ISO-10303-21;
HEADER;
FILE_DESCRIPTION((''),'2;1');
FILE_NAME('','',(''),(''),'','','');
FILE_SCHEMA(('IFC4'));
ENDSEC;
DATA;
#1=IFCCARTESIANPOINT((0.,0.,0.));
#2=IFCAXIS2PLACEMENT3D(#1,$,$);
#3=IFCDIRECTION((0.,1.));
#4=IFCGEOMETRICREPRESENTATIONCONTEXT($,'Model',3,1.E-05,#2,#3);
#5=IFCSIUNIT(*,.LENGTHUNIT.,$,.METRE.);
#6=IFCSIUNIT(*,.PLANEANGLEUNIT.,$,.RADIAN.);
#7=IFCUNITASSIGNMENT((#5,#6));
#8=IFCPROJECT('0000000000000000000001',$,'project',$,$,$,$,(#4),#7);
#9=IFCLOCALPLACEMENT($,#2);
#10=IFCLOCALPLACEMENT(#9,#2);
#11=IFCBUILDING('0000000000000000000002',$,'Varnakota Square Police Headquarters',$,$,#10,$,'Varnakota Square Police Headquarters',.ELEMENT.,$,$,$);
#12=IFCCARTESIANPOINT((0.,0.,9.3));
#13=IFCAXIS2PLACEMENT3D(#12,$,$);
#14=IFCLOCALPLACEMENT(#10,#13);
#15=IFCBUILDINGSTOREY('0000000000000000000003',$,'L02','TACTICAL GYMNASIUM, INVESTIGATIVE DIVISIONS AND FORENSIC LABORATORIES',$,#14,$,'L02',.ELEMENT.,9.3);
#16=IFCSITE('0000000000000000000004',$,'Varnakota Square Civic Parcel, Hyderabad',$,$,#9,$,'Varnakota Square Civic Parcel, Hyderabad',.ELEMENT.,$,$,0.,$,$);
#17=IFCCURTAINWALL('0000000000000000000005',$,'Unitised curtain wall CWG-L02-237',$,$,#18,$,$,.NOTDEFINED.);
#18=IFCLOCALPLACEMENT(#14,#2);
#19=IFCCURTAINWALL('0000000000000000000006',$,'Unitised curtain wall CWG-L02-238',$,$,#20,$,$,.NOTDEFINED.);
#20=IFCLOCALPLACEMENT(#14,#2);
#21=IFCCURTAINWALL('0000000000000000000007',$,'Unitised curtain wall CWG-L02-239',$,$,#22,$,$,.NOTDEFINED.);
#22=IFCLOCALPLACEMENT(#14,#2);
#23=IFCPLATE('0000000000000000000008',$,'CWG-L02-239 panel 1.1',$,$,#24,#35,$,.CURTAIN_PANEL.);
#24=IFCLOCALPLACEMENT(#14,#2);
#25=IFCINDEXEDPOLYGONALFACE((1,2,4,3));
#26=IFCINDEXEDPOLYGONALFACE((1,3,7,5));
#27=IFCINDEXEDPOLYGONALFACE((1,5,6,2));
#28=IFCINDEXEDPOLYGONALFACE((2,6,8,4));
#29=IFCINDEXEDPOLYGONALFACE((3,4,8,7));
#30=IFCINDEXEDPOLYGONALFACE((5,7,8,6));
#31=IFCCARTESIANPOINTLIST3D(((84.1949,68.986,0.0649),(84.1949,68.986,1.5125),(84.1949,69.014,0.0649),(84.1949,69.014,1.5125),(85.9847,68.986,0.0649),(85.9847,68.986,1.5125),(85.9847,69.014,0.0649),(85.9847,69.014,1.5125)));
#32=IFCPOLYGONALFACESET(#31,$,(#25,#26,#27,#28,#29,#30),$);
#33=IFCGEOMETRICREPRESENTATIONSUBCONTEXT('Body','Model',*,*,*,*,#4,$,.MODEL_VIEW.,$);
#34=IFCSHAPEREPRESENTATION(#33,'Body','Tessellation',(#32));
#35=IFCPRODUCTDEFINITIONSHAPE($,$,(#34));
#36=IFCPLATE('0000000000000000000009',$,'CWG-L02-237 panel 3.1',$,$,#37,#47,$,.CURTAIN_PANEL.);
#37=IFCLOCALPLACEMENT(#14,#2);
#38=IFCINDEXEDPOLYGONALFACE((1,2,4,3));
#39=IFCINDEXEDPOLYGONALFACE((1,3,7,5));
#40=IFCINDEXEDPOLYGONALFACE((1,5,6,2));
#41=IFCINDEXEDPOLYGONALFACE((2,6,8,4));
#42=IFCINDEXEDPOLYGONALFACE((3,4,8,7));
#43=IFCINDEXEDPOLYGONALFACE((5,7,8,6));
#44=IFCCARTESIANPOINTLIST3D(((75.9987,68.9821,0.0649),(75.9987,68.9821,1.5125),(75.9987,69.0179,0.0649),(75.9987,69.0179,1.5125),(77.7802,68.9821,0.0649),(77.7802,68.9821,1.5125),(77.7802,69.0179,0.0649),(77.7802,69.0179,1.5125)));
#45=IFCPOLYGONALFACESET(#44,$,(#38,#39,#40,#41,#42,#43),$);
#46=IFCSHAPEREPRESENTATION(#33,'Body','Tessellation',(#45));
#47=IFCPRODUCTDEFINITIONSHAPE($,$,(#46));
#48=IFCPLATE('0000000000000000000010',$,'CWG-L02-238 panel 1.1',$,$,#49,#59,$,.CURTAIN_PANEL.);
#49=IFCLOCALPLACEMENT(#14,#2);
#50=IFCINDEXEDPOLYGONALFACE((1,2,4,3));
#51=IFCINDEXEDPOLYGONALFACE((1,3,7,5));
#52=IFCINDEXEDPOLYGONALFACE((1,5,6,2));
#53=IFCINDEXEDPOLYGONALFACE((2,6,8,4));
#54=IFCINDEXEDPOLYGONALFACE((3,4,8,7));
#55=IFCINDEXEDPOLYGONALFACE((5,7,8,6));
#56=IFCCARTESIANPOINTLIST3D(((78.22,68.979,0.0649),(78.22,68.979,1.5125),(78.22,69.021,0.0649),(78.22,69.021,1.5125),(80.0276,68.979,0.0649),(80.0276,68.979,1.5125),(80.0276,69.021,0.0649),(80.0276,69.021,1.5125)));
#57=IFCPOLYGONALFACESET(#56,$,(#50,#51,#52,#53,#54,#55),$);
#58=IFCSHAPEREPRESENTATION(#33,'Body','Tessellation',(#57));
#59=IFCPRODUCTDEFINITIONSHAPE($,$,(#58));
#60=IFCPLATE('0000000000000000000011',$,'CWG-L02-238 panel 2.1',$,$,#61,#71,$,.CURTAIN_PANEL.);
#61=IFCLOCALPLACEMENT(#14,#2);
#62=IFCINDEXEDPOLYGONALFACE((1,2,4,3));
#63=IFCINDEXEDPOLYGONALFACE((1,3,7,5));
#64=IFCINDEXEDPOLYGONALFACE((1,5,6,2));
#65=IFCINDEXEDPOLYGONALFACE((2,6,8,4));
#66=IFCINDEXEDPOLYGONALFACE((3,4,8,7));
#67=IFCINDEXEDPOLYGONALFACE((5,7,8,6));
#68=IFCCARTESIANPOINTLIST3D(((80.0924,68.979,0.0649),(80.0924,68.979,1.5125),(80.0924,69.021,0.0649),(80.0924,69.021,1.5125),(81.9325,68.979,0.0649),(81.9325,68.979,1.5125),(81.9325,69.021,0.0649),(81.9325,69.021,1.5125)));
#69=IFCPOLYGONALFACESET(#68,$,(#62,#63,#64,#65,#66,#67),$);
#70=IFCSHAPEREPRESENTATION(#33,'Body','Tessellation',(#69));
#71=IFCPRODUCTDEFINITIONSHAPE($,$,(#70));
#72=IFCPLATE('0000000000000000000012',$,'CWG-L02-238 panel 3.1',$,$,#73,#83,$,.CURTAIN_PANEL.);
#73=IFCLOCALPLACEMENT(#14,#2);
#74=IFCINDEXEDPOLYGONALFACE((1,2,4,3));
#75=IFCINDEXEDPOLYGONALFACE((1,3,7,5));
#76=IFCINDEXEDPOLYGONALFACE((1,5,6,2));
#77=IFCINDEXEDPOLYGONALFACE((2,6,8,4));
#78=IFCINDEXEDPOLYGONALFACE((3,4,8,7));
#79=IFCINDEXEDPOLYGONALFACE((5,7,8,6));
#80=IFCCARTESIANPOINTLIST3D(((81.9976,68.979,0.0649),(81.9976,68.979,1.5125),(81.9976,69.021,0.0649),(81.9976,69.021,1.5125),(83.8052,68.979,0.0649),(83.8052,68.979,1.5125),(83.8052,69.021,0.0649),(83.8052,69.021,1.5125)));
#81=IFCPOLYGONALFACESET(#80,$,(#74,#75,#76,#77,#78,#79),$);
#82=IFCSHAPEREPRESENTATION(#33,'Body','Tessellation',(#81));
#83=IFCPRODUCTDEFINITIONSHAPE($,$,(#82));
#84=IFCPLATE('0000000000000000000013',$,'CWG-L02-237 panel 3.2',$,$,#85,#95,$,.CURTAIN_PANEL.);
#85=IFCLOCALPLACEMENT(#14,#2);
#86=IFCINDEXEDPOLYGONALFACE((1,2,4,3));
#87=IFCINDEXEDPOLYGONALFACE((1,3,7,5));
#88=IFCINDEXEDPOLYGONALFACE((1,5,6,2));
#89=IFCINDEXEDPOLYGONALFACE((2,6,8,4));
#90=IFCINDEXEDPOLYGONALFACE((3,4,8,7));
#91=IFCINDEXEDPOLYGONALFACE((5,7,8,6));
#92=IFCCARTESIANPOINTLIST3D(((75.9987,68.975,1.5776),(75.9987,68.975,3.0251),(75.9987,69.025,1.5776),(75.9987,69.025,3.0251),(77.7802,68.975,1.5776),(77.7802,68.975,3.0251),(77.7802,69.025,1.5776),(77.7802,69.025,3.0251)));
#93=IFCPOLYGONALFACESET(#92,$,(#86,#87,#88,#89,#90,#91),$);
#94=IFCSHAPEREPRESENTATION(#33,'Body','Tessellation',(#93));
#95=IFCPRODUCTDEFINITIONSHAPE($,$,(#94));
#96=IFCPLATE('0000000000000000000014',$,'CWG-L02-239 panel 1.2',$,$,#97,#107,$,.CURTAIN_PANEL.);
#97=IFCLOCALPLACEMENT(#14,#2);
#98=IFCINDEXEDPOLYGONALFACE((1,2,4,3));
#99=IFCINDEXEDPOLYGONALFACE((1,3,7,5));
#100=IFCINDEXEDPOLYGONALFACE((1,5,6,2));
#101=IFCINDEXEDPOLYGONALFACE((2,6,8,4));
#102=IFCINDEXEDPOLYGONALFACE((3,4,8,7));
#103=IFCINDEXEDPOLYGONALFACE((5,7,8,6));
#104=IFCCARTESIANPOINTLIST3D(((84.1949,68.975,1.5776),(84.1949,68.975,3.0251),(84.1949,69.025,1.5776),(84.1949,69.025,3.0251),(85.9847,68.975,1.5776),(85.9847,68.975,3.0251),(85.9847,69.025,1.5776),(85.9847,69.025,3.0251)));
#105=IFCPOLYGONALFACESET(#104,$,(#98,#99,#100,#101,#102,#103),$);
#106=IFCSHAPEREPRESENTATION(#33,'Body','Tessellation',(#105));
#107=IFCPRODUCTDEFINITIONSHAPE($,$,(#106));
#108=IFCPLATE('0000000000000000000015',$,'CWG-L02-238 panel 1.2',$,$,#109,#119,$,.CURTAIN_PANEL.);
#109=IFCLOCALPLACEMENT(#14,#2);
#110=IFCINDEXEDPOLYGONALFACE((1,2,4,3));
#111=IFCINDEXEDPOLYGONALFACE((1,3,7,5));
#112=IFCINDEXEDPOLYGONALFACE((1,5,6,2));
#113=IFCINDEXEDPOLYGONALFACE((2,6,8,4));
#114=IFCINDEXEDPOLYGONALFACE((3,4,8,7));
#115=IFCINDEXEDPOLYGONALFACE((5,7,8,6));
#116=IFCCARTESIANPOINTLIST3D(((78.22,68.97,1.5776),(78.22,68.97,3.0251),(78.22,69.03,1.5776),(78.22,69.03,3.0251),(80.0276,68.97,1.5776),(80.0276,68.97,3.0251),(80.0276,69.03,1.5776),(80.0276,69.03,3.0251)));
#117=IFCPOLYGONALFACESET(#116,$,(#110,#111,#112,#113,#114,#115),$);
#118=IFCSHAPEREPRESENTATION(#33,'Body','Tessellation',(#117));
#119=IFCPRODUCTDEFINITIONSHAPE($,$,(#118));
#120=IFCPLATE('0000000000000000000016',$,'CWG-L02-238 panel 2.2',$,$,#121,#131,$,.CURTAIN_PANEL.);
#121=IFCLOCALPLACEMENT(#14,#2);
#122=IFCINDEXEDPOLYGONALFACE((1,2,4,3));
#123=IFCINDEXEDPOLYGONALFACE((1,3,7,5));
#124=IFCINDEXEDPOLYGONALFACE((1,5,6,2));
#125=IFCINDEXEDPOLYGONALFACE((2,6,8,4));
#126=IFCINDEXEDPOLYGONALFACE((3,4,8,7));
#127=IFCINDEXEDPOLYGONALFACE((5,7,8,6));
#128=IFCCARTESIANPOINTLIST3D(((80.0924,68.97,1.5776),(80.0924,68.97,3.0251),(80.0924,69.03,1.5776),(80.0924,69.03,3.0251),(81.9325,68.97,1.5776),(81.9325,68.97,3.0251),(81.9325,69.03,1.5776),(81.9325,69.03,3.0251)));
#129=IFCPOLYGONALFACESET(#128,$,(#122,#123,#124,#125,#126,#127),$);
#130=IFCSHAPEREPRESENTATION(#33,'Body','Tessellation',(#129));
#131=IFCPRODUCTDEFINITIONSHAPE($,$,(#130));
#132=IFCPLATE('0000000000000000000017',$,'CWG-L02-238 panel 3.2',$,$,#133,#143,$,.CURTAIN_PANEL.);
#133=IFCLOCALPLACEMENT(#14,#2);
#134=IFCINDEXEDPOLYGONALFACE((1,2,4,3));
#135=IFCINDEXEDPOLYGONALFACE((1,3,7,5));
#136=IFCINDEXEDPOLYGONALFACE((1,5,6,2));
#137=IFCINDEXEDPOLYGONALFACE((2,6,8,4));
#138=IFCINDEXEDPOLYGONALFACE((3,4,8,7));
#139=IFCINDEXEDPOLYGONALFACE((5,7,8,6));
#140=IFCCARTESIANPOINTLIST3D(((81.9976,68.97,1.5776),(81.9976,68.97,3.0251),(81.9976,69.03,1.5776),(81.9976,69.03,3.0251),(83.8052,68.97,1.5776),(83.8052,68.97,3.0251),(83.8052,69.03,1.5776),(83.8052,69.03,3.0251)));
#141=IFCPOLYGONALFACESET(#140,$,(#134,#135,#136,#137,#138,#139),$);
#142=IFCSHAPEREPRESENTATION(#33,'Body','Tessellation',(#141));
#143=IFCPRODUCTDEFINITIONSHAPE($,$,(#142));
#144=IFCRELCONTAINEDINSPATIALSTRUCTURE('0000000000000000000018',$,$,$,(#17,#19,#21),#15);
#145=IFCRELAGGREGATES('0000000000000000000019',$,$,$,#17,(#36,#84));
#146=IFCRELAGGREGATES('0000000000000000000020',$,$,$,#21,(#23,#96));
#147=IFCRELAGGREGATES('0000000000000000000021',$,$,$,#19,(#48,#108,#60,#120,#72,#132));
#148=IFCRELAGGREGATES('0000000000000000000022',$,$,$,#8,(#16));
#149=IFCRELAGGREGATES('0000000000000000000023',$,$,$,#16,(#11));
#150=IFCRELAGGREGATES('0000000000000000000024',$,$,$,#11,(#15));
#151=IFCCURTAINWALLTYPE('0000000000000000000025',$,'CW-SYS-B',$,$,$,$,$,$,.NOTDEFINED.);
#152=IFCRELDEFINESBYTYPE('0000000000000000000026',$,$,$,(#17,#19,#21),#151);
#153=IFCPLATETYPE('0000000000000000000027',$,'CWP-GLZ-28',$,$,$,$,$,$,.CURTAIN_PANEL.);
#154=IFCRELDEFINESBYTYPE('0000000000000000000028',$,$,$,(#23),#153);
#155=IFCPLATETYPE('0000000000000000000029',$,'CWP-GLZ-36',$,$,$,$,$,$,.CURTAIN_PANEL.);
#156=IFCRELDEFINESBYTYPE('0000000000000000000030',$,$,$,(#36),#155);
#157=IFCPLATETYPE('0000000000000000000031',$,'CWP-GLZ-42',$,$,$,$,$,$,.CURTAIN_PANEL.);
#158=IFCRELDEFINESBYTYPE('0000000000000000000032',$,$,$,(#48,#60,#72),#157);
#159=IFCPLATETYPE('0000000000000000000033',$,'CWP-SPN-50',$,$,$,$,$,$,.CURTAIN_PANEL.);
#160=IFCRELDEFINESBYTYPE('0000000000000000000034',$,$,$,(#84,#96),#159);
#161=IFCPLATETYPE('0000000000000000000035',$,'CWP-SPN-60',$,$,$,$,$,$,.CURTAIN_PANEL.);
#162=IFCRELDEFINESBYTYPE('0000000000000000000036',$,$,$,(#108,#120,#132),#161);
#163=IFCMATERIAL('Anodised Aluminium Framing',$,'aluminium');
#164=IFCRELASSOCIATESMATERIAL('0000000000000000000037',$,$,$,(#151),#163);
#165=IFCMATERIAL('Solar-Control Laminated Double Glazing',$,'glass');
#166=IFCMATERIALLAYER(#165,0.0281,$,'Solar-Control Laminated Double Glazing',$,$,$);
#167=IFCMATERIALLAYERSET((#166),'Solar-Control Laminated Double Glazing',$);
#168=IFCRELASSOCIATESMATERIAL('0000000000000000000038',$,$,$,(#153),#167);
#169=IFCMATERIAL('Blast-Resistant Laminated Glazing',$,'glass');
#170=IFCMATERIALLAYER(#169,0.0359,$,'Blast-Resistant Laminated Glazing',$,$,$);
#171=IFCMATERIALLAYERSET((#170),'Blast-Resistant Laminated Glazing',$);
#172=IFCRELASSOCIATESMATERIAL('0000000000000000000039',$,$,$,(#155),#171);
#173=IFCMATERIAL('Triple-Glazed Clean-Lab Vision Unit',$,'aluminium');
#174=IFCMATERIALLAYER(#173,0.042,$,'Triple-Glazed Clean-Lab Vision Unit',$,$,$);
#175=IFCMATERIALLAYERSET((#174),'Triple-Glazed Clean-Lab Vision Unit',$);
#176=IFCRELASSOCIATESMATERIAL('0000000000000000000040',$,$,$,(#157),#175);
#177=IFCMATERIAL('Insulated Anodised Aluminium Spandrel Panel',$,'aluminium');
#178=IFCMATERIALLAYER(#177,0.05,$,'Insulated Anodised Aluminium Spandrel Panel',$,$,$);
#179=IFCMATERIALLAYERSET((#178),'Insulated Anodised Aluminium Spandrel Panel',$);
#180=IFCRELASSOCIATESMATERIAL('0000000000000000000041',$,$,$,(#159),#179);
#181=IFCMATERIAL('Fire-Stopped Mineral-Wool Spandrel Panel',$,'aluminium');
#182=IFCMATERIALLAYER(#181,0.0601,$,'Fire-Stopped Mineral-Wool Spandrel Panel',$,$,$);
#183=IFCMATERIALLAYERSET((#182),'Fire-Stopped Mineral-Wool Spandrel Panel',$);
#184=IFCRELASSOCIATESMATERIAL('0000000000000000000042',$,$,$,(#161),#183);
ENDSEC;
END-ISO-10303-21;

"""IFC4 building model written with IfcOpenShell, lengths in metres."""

from ifc_helpers import new_model, si_unit, direction, frame, origin, origin_2d, place, context, subcontext, project, spatial, rectangle, extrude, material, layer, layer_set, type_object, element, aggregate, save


model = new_model("IFC4")

# Units and contexts
model_context = context("Model", 3, precision=1e-05, world=origin(), true_north=direction((0.0, 1.0)))
body_context = subcontext(model_context, "Body", "Model", "MODEL_VIEW")
ifc_project = project(units=[si_unit("LENGTHUNIT", "METRE"), si_unit("PLANEANGLEUNIT", "RADIAN")], contexts=[model_context])

# Site, building, storey
site_placement = place(None, origin())
site = spatial("IfcSite", under=ifc_project, at=site_placement, Name="Varnakota Square Civic Parcel, Hyderabad", LongName="Varnakota Square Civic Parcel, Hyderabad", CompositionType="ELEMENT", RefElevation=0.0)
building_placement = place(site_placement, origin())
building = spatial("IfcBuilding", under=site, at=building_placement, Name="Varnakota Square Police Headquarters", LongName="Varnakota Square Police Headquarters", CompositionType="ELEMENT")
storey_placement = place(building_placement, frame((0.0, 0.0, 9.3)))
storey = spatial("IfcBuildingStorey", under=building, at=storey_placement, Name="L02", Description="TACTICAL GYMNASIUM, INVESTIGATIVE DIVISIONS AND FORENSIC LABORATORIES", LongName="L02", CompositionType="ELEMENT", Elevation=9.3)

# Curtain wall
ifc_material_1 = material(Name="Anodised Aluminium Framing", Category="aluminium")
curtain_wall_type = type_object("IfcCurtainWallType", Name="CW-SYS-B", PredefinedType="NOTDEFINED", material=ifc_material_1)
curtain_wall_1_placement = place(storey_placement, origin())
curtain_wall_1 = element("IfcCurtainWall", 1, at=curtain_wall_1_placement, inside=storey, type_object=curtain_wall_type, Name="Unitised curtain wall CWG-L02-237", PredefinedType="NOTDEFINED")

# Curtain walls
curtain_wall_2_placement = place(storey_placement, origin())
curtain_wall_2 = element("IfcCurtainWall", 2, at=curtain_wall_2_placement, inside=storey, type_object=curtain_wall_type, Name="Unitised curtain wall CWG-L02-238", PredefinedType="NOTDEFINED")
curtain_wall_3_placement = place(storey_placement, origin())
curtain_wall_3 = element("IfcCurtainWall", 3, at=curtain_wall_3_placement, inside=storey, type_object=curtain_wall_type, Name="Unitised curtain wall CWG-L02-239", PredefinedType="NOTDEFINED")

# Plates
ifc_material_2 = material(Name="Solar-Control Laminated Double Glazing", Category="glass")
ifc_layer_1 = layer(ifc_material_2, 0.0281, Name="Solar-Control Laminated Double Glazing")
ifc_layer_set_1 = layer_set([ifc_layer_1], Name="Solar-Control Laminated Double Glazing")
plate_type_1 = type_object("IfcPlateType", Name="CWP-GLZ-28", PredefinedType="CURTAIN_PANEL", material=ifc_layer_set_1)
plate_1_placement = place(storey_placement, frame((85.0898, 69.0, 0.0649), z_axis=(0.0, 0.0, 1.0), x_axis=(1.0, 0.0, 0.0)))
plate_1 = element("IfcPlate", 4, at=plate_1_placement, type_object=plate_type_1, Name="CWG-L02-239 panel 1.1", PredefinedType="CURTAIN_PANEL", context=body_context, shape_type="SweptSolid", body=[
    extrude(rectangle(XDim=1.7898, YDim=0.0281, at=origin_2d()), origin(), (0.0, 0.0, 1.0), 1.4475),
])
ifc_material_3 = material(Name="Blast-Resistant Laminated Glazing", Category="glass")
ifc_layer_2 = layer(ifc_material_3, 0.0359, Name="Blast-Resistant Laminated Glazing")
ifc_layer_set_2 = layer_set([ifc_layer_2], Name="Blast-Resistant Laminated Glazing")
plate_type_2 = type_object("IfcPlateType", Name="CWP-GLZ-36", PredefinedType="CURTAIN_PANEL", material=ifc_layer_set_2)
plate_2_placement = place(storey_placement, frame((76.8894, 69.0, 0.0649), z_axis=(0.0, 0.0, 1.0), x_axis=(1.0, 0.0, 0.0)))
plate_2 = element("IfcPlate", 5, at=plate_2_placement, type_object=plate_type_2, Name="CWG-L02-237 panel 3.1", PredefinedType="CURTAIN_PANEL", context=body_context, shape_type="SweptSolid", body=[
    extrude(rectangle(XDim=1.7815, YDim=0.0359, at=origin_2d()), origin(), (0.0, 0.0, 1.0), 1.4475),
])
ifc_material_4 = material(Name="Triple-Glazed Clean-Lab Vision Unit", Category="aluminium")
ifc_layer_3 = layer(ifc_material_4, 0.042, Name="Triple-Glazed Clean-Lab Vision Unit")
ifc_layer_set_3 = layer_set([ifc_layer_3], Name="Triple-Glazed Clean-Lab Vision Unit")
plate_type_3 = type_object("IfcPlateType", Name="CWP-GLZ-42", PredefinedType="CURTAIN_PANEL", material=ifc_layer_set_3)
plate_3_placement = place(storey_placement, frame((79.1238, 69.0, 0.0649), z_axis=(0.0, 0.0, 1.0), x_axis=(1.0, 0.0, 0.0)))
plate_3 = element("IfcPlate", 6, at=plate_3_placement, type_object=plate_type_3, Name="CWG-L02-238 panel 1.1", PredefinedType="CURTAIN_PANEL", context=body_context, shape_type="SweptSolid", body=[
    extrude(rectangle(XDim=1.8076, YDim=0.042, at=origin_2d()), origin(), (0.0, 0.0, 1.0), 1.4475),
])
plate_4_placement = place(storey_placement, frame((81.0125, 69.0, 0.0649), z_axis=(0.0, 0.0, 1.0), x_axis=(1.0, 0.0, 0.0)))
plate_4 = element("IfcPlate", 7, at=plate_4_placement, type_object=plate_type_3, Name="CWG-L02-238 panel 2.1", PredefinedType="CURTAIN_PANEL", context=body_context, shape_type="SweptSolid", body=[
    extrude(rectangle(XDim=1.8401, YDim=0.042, at=origin_2d()), origin(), (0.0, 0.0, 1.0), 1.4475),
])
plate_5_placement = place(storey_placement, frame((82.9014, 69.0, 0.0649), z_axis=(0.0, 0.0, 1.0), x_axis=(1.0, 0.0, 0.0)))
plate_5 = element("IfcPlate", 8, at=plate_5_placement, type_object=plate_type_3, Name="CWG-L02-238 panel 3.1", PredefinedType="CURTAIN_PANEL", context=body_context, shape_type="SweptSolid", body=[
    extrude(rectangle(XDim=1.8076, YDim=0.042, at=origin_2d()), origin(), (0.0, 0.0, 1.0), 1.4475),
])
ifc_material_5 = material(Name="Insulated Anodised Aluminium Spandrel Panel", Category="aluminium")
ifc_layer_4 = layer(ifc_material_5, 0.05, Name="Insulated Anodised Aluminium Spandrel Panel")
ifc_layer_set_4 = layer_set([ifc_layer_4], Name="Insulated Anodised Aluminium Spandrel Panel")
plate_type_4 = type_object("IfcPlateType", Name="CWP-SPN-50", PredefinedType="CURTAIN_PANEL", material=ifc_layer_set_4)
plate_6_placement = place(storey_placement, frame((76.8894, 69.0, 1.5776), z_axis=(0.0, 0.0, 1.0), x_axis=(1.0, 0.0, 0.0)))
plate_6 = element("IfcPlate", 9, at=plate_6_placement, type_object=plate_type_4, Name="CWG-L02-237 panel 3.2", PredefinedType="CURTAIN_PANEL", context=body_context, shape_type="SweptSolid", body=[
    extrude(rectangle(XDim=1.7815, YDim=0.05, at=origin_2d()), origin(), (0.0, 0.0, 1.0), 1.4475),
])
aggregate(curtain_wall_1, [plate_2, plate_6])
plate_7_placement = place(storey_placement, frame((85.0898, 69.0, 1.5776), z_axis=(0.0, 0.0, 1.0), x_axis=(1.0, 0.0, 0.0)))
plate_7 = element("IfcPlate", 10, at=plate_7_placement, type_object=plate_type_4, Name="CWG-L02-239 panel 1.2", PredefinedType="CURTAIN_PANEL", context=body_context, shape_type="SweptSolid", body=[
    extrude(rectangle(XDim=1.7898, YDim=0.05, at=origin_2d()), origin(), (0.0, 0.0, 1.0), 1.4475),
])
aggregate(curtain_wall_3, [plate_1, plate_7])
ifc_material_6 = material(Name="Fire-Stopped Mineral-Wool Spandrel Panel", Category="aluminium")
ifc_layer_5 = layer(ifc_material_6, 0.0601, Name="Fire-Stopped Mineral-Wool Spandrel Panel")
ifc_layer_set_5 = layer_set([ifc_layer_5], Name="Fire-Stopped Mineral-Wool Spandrel Panel")
plate_type_5 = type_object("IfcPlateType", Name="CWP-SPN-60", PredefinedType="CURTAIN_PANEL", material=ifc_layer_set_5)
plate_8_placement = place(storey_placement, frame((79.1238, 69.0, 1.5776), z_axis=(0.0, 0.0, 1.0), x_axis=(1.0, 0.0, 0.0)))
plate_8 = element("IfcPlate", 11, at=plate_8_placement, type_object=plate_type_5, Name="CWG-L02-238 panel 1.2", PredefinedType="CURTAIN_PANEL", context=body_context, shape_type="SweptSolid", body=[
    extrude(rectangle(XDim=1.8076, YDim=0.0601, at=origin_2d()), origin(), (0.0, 0.0, 1.0), 1.4475),
])
plate_9_placement = place(storey_placement, frame((81.0125, 69.0, 1.5776), z_axis=(0.0, 0.0, 1.0), x_axis=(1.0, 0.0, 0.0)))
plate_9 = element("IfcPlate", 12, at=plate_9_placement, type_object=plate_type_5, Name="CWG-L02-238 panel 2.2", PredefinedType="CURTAIN_PANEL", context=body_context, shape_type="SweptSolid", body=[
    extrude(rectangle(XDim=1.8401, YDim=0.0601, at=origin_2d()), origin(), (0.0, 0.0, 1.0), 1.4475),
])
plate_10_placement = place(storey_placement, frame((82.9014, 69.0, 1.5776), z_axis=(0.0, 0.0, 1.0), x_axis=(1.0, 0.0, 0.0)))
plate_10 = element("IfcPlate", 13, at=plate_10_placement, type_object=plate_type_5, Name="CWG-L02-238 panel 3.2", PredefinedType="CURTAIN_PANEL", context=body_context, shape_type="SweptSolid", body=[
    extrude(rectangle(XDim=1.8076, YDim=0.0601, at=origin_2d()), origin(), (0.0, 0.0, 1.0), 1.4475),
])
aggregate(curtain_wall_2, [plate_3, plate_8, plate_4, plate_9, plate_5, plate_10])

save(model, "model.ifc")
